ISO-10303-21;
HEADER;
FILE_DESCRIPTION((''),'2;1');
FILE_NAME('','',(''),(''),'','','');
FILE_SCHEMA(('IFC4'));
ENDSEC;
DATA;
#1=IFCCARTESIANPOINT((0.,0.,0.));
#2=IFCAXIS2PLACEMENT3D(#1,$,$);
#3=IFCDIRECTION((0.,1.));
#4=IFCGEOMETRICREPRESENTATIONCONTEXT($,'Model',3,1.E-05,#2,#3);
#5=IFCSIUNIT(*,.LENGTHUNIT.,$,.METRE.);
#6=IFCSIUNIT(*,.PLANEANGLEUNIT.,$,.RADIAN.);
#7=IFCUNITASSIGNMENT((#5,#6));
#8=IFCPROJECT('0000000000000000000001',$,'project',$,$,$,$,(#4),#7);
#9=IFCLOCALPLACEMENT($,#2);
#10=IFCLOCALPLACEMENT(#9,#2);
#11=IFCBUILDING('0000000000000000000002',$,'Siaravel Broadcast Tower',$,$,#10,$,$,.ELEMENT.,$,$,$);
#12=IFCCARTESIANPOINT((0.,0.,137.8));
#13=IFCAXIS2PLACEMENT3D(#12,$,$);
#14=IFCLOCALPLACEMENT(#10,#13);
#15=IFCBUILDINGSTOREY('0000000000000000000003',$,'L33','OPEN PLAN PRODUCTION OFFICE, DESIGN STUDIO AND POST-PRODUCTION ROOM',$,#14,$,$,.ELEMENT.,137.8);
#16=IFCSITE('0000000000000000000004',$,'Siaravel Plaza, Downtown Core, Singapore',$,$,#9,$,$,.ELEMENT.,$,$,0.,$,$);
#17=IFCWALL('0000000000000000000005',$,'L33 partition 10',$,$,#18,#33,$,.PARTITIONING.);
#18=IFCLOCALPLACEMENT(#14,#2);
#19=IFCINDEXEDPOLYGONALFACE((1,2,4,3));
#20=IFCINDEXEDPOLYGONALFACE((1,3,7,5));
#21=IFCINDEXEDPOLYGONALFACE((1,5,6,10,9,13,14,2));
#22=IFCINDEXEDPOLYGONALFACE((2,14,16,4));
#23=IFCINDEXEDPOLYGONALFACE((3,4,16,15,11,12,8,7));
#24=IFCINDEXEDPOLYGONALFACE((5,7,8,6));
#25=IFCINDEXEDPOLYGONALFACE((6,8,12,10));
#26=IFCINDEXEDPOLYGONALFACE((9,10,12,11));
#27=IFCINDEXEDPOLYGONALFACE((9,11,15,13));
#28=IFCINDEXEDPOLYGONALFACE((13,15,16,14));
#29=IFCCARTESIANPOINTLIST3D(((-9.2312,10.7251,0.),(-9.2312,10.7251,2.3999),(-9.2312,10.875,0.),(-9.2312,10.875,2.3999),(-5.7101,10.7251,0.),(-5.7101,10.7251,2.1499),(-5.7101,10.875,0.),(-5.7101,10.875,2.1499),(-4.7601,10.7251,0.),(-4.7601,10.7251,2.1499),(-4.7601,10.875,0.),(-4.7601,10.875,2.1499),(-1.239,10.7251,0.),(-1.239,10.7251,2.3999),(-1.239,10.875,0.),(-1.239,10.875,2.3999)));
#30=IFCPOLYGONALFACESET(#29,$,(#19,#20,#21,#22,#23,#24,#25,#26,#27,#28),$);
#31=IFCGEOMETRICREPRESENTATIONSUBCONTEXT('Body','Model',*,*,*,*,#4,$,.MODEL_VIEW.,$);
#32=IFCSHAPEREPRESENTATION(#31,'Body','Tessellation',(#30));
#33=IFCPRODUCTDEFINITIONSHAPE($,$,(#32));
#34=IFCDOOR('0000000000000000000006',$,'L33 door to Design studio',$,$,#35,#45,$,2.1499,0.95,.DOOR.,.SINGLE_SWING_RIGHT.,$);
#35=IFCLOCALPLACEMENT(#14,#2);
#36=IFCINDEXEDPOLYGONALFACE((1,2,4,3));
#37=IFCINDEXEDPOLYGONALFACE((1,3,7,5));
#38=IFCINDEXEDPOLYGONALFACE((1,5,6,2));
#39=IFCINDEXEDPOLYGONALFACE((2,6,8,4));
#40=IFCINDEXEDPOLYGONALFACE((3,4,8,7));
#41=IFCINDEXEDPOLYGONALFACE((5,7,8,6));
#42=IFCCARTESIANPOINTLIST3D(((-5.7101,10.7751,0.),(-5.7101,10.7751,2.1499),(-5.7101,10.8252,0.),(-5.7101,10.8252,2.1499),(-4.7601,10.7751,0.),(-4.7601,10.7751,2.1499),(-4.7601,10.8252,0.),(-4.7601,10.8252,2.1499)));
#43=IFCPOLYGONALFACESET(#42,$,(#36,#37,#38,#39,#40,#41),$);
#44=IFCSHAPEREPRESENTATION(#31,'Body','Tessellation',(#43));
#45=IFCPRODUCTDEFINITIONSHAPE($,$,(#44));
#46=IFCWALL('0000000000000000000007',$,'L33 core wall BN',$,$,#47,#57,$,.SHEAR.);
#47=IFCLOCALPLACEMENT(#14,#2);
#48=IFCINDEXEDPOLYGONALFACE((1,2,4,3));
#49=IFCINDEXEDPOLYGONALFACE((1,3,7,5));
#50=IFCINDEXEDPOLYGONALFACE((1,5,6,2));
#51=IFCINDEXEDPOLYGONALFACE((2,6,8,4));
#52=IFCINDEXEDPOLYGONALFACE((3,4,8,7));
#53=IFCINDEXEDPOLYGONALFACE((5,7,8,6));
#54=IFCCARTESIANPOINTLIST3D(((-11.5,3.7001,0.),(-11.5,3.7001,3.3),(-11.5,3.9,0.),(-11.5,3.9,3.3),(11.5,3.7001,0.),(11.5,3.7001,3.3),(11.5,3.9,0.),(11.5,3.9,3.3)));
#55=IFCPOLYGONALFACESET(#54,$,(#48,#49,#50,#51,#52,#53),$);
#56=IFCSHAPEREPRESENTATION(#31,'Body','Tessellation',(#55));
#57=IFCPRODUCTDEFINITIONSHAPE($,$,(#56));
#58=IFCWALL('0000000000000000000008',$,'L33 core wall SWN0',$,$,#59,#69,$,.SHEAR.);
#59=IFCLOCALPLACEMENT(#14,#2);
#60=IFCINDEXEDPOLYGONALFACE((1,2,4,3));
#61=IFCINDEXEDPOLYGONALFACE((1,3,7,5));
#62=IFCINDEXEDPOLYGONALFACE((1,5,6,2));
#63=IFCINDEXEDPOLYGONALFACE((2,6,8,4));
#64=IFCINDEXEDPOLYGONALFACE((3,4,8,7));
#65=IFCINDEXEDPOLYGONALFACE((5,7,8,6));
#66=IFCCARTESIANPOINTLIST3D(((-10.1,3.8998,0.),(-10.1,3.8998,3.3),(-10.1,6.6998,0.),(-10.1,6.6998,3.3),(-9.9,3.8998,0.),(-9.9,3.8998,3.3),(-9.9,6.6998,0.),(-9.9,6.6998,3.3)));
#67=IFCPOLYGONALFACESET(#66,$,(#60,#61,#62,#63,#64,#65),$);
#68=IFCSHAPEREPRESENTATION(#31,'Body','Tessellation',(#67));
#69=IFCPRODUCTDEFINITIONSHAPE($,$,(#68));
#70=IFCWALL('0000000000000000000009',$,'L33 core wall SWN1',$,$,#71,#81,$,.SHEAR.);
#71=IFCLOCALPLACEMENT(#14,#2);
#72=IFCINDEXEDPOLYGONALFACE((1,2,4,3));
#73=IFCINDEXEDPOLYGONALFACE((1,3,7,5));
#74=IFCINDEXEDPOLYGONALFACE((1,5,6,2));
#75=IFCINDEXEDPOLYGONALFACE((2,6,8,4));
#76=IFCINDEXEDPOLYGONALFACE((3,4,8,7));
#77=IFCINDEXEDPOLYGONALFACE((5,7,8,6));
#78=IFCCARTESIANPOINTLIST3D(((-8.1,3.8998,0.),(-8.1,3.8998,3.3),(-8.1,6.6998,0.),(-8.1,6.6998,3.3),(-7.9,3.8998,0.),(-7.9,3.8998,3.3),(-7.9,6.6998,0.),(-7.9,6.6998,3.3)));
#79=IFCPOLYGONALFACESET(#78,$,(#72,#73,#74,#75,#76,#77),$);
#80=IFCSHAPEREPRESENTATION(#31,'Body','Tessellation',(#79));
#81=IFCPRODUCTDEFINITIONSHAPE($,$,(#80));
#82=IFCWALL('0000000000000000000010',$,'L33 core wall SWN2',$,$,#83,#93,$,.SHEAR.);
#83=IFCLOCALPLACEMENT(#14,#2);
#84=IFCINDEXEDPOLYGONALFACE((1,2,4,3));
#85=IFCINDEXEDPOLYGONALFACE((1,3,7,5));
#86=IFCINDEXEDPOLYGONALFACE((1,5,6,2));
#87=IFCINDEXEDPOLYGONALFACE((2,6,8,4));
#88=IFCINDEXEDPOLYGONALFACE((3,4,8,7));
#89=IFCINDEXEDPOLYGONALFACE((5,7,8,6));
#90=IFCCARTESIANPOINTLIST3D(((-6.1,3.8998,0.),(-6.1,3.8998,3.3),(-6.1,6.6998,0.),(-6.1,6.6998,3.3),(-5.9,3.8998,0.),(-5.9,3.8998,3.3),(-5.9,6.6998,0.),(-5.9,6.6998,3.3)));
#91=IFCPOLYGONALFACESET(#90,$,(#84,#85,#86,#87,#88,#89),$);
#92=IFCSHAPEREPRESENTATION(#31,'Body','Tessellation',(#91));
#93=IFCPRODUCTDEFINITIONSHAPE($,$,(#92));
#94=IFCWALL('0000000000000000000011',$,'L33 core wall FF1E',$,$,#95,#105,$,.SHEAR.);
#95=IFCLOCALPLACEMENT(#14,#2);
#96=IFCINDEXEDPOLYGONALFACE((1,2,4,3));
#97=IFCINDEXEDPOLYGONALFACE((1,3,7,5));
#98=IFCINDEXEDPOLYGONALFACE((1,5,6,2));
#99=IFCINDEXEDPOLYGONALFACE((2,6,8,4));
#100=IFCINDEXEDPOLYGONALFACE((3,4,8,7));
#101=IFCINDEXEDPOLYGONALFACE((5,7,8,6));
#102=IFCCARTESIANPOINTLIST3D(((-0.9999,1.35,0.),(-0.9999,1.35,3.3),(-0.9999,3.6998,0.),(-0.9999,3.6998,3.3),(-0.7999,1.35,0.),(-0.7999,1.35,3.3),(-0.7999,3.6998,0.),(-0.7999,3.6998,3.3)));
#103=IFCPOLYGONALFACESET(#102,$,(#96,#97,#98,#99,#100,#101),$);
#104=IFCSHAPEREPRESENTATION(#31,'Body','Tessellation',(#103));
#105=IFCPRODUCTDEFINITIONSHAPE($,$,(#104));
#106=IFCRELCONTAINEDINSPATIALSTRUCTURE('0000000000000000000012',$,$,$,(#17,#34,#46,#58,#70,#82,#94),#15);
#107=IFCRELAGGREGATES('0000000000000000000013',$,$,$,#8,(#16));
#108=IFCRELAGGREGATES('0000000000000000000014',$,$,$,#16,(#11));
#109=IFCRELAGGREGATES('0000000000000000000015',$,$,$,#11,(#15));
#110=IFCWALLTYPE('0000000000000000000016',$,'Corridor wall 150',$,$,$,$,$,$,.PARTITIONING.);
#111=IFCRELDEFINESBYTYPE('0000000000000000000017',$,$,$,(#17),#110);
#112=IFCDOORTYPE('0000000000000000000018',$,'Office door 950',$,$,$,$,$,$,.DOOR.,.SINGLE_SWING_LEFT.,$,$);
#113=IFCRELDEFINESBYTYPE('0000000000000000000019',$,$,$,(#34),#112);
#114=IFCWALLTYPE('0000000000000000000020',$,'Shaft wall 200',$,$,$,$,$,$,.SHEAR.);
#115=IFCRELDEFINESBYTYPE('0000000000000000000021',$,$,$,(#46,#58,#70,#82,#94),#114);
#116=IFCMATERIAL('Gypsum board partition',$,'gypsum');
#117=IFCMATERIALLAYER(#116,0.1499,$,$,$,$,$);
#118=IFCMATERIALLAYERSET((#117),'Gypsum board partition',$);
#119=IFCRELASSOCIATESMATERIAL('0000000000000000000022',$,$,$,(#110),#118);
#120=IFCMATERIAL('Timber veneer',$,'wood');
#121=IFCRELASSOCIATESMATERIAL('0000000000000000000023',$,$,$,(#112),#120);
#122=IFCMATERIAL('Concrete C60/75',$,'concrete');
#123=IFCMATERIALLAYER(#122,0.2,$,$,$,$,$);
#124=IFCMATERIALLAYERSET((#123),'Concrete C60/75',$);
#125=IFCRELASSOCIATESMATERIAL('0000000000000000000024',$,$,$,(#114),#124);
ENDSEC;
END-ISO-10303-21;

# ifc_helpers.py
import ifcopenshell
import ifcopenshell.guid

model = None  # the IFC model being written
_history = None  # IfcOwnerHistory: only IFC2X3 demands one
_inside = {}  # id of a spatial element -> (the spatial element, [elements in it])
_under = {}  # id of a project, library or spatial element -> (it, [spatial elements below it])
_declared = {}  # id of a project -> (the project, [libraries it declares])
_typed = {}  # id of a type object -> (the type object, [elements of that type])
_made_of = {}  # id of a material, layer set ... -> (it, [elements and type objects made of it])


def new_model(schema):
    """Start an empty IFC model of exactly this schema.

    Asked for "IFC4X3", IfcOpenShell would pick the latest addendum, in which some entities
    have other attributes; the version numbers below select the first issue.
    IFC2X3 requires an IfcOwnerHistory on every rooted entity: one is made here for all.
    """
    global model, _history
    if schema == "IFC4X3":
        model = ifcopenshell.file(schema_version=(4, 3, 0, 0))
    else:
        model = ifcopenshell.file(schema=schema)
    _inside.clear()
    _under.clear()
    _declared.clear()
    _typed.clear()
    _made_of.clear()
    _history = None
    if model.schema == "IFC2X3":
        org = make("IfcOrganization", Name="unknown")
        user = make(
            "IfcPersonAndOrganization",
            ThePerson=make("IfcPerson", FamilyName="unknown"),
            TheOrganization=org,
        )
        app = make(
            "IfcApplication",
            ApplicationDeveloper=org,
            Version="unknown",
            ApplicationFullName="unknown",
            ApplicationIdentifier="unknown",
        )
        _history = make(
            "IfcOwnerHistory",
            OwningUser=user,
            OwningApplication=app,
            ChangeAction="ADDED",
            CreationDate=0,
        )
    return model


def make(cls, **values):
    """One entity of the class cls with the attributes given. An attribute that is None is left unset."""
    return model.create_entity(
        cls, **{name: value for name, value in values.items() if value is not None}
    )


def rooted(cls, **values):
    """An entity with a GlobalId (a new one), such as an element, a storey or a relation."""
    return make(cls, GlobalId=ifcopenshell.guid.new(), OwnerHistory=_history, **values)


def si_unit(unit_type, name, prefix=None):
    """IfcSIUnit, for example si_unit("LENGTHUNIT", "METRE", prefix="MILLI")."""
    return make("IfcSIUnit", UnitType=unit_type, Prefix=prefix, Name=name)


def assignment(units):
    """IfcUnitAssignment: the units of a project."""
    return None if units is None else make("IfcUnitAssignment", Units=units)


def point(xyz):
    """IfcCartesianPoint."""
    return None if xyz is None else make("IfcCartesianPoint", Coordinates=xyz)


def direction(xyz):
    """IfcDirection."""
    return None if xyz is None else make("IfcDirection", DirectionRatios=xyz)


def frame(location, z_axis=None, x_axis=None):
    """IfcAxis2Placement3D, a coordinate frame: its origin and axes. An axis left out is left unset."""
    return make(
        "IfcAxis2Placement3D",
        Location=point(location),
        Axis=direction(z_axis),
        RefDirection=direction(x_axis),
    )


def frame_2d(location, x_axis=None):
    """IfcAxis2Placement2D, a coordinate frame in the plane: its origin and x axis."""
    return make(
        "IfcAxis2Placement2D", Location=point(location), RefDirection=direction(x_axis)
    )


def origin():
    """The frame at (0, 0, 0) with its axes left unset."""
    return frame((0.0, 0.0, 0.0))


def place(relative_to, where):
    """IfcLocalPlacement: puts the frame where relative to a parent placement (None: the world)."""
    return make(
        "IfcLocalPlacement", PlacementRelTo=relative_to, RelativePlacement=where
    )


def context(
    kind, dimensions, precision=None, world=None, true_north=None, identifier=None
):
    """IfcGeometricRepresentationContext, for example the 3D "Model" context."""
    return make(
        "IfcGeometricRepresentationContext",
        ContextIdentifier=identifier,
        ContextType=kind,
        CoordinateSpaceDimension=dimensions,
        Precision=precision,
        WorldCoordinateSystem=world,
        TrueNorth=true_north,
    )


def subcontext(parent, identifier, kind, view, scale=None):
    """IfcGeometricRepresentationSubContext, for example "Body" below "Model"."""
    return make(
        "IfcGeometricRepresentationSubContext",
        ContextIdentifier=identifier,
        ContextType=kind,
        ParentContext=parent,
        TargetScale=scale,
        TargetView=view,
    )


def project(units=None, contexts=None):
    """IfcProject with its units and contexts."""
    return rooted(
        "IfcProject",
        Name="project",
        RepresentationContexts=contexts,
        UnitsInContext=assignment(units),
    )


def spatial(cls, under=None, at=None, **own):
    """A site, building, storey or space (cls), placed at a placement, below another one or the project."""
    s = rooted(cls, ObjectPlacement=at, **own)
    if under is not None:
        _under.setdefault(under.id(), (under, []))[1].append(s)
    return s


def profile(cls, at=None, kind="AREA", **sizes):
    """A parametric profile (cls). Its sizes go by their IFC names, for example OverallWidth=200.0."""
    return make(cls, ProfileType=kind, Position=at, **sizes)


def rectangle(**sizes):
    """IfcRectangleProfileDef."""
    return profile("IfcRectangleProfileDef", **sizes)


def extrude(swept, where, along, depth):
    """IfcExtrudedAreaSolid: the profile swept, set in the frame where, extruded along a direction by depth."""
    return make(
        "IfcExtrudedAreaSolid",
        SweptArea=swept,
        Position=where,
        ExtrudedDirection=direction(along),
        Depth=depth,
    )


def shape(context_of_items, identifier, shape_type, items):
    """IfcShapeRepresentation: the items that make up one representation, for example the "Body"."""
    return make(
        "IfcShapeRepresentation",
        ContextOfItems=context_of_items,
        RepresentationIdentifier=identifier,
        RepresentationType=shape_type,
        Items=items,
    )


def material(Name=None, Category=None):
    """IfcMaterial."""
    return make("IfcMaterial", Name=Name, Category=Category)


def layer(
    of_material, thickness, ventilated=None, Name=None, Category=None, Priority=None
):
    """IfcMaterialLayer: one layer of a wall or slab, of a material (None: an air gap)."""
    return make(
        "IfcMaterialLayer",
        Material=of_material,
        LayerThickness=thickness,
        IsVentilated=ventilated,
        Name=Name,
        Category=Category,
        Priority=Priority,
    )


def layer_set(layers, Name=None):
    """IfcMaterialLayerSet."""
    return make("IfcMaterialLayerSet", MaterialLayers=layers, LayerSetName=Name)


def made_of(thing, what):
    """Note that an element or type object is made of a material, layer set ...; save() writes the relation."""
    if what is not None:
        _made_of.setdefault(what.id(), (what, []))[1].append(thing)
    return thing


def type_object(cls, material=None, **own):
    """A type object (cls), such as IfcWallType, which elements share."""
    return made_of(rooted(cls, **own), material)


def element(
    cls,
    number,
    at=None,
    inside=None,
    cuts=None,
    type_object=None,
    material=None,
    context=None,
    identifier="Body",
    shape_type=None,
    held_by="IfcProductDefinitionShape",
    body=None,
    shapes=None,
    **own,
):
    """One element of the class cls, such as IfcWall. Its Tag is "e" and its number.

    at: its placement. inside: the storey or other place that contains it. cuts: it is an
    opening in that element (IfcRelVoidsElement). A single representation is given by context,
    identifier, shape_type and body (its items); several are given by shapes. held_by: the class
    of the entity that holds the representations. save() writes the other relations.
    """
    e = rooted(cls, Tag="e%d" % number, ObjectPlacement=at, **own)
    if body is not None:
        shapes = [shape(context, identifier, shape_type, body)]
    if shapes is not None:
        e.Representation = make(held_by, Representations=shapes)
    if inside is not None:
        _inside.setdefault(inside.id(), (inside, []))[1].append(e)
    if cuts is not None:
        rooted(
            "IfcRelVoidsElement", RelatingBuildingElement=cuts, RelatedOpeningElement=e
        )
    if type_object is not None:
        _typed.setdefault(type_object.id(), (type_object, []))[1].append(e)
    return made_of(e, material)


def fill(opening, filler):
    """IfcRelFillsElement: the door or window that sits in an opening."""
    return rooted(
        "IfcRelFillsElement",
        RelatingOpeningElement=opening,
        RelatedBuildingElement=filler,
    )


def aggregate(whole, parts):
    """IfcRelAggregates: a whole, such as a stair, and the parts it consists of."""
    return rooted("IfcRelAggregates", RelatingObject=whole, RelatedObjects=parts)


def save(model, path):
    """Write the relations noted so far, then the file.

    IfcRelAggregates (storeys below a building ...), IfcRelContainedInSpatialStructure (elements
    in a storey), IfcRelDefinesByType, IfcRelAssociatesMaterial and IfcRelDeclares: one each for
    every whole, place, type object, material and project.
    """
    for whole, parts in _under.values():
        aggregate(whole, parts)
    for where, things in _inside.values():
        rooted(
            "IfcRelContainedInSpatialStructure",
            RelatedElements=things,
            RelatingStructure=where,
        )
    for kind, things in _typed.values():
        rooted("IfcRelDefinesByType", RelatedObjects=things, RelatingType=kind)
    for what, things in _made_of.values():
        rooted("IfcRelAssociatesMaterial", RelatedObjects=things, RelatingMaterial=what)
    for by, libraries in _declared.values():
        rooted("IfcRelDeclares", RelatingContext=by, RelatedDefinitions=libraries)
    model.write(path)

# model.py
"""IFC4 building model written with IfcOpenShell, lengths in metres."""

from ifc_helpers import new_model, si_unit, direction, frame, frame_2d, origin, place, context, subcontext, project, spatial, rectangle, extrude, material, layer, layer_set, type_object, element, fill, save


model = new_model("IFC4")

# Units and contexts
model_context = context("Model", 3, precision=1e-05, world=origin(), true_north=direction((0.0, 1.0)))
body_context = subcontext(model_context, "Body", "Model", "MODEL_VIEW")
ifc_project = project(units=[si_unit("LENGTHUNIT", "METRE"), si_unit("PLANEANGLEUNIT", "RADIAN")], contexts=[model_context])

# Site, building, storey
site_placement = place(None, origin())
site = spatial("IfcSite", under=ifc_project, at=site_placement, Name="Siaravel Plaza, Downtown Core, Singapore", CompositionType="ELEMENT", RefElevation=0.0)
building_placement = place(site_placement, origin())
building = spatial("IfcBuilding", under=site, at=building_placement, Name="Siaravel Broadcast Tower", CompositionType="ELEMENT")
storey_placement = place(building_placement, frame((0.0, 0.0, 137.8)))
storey = spatial("IfcBuildingStorey", under=building, at=storey_placement, Name="L33", Description="OPEN PLAN PRODUCTION OFFICE, DESIGN STUDIO AND POST-PRODUCTION ROOM", CompositionType="ELEMENT", Elevation=137.8)

# Shared definitions
ifc_material_1 = material(Name="Concrete C60/75", Category="concrete")
ifc_material_2 = material(Name="Timber veneer", Category="wood")

# Wall, opening, door
ifc_material_3 = material(Name="Gypsum board partition", Category="gypsum")
ifc_layer_1 = layer(ifc_material_3, 0.1499)
ifc_layer_set_1 = layer_set([ifc_layer_1], Name="Gypsum board partition")
wall_type_1 = type_object("IfcWallType", Name="Corridor wall 150", PredefinedType="PARTITIONING", material=ifc_layer_set_1)
wall_1_placement = place(storey_placement, frame((-1.239, 10.8, 0.0), z_axis=(0.0, 0.0, 1.0), x_axis=(-1.0, 0.0, 0.0)))
wall_1 = element("IfcWall", 1, at=wall_1_placement, inside=storey, type_object=wall_type_1, Name="L33 partition 10", PredefinedType="PARTITIONING", context=body_context, shape_type="SweptSolid", body=[
    extrude(rectangle(XDim=7.9922, YDim=0.1499, at=frame_2d((3.9961, 0.0))), origin(), (0.0, 0.0, 1.0), 2.3999),
])
opening_1_placement = place(wall_1_placement, frame((3.521, 0.0, 0.0)))
opening_1 = element("IfcOpeningElement", 2, at=opening_1_placement, cuts=wall_1, PredefinedType="OPENING", context=body_context, shape_type="SweptSolid", body=[
    extrude(rectangle(XDim=0.95, YDim=2.1499, at=frame_2d((0.4751, 1.075))), frame((0.0, 0.085, 0.0), z_axis=(0.0, -1.0, 0.0), x_axis=(1.0, 0.0, 0.0)), (0.0, 0.0, 1.0), 0.1699),
])
door_type_1 = type_object("IfcDoorType", Name="Office door 950", OperationType="SINGLE_SWING_LEFT", PredefinedType="DOOR", material=ifc_material_2)
door_1_placement = place(opening_1_placement, origin())
door_1 = element("IfcDoor", 3, at=door_1_placement, inside=storey, type_object=door_type_1, Name="L33 door to Design studio", OperationType="SINGLE_SWING_RIGHT", OverallHeight=2.1499, OverallWidth=0.95, PredefinedType="DOOR", context=body_context, shape_type="SweptSolid", body=[
    extrude(rectangle(XDim=0.95, YDim=2.1499, at=frame_2d((0.4751, 1.075))), frame((0.0, 0.0249, 0.0), z_axis=(0.0, -1.0, 0.0), x_axis=(1.0, 0.0, 0.0)), (0.0, 0.0, 1.0), 0.05),
])
fill(opening_1, door_1)

# Walls
ifc_layer_2 = layer(ifc_material_1, 0.2)
ifc_layer_set_2 = layer_set([ifc_layer_2], Name="Concrete C60/75")
wall_type_2 = type_object("IfcWallType", Name="Shaft wall 200", PredefinedType="SHEAR", material=ifc_layer_set_2)
wall_2_placement = place(storey_placement, frame((-11.5, 3.8, 0.0), z_axis=(0.0, 0.0, 1.0), x_axis=(1.0, 0.0, 0.0)))
element("IfcWall", 4, at=wall_2_placement, inside=storey, type_object=wall_type_2, Name="L33 core wall BN", PredefinedType="SHEAR", context=body_context, shape_type="SweptSolid", body=[
    extrude(rectangle(XDim=23.0, YDim=0.2, at=frame_2d((11.5, 0.0))), origin(), (0.0, 0.0, 1.0), 3.3),
])
for number, where, z_axis, x_axis, name in (
    (5, (-10.0, 3.8999, 0.0), (0.0, 0.0, 1.0), (0.0, 1.0, 0.0), "L33 core wall SWN0"),
    (6, (-8.0, 3.8999, 0.0), (0.0, 0.0, 1.0), (0.0, 1.0, 0.0), "L33 core wall SWN1"),
    (7, (-6.0, 3.8999, 0.0), (0.0, 0.0, 1.0), (0.0, 1.0, 0.0), "L33 core wall SWN2"),
):
    element("IfcWall", number, at=place(storey_placement, frame(where, z_axis=z_axis, x_axis=x_axis)), inside=storey, type_object=wall_type_2, Name=name, PredefinedType="SHEAR", context=body_context, shape_type="SweptSolid", body=[
        extrude(rectangle(XDim=2.8, YDim=0.2, at=frame_2d((1.3999, 0.0))), origin(), (0.0, 0.0, 1.0), 3.3),
    ])
wall_3_placement = place(storey_placement, frame((-0.8999, 1.3501, 0.0), z_axis=(0.0, 0.0, 1.0), x_axis=(0.0, 1.0, 0.0)))
element("IfcWall", 8, at=wall_3_placement, inside=storey, type_object=wall_type_2, Name="L33 core wall FF1E", PredefinedType="SHEAR", context=body_context, shape_type="SweptSolid", body=[
    extrude(rectangle(XDim=2.3499, YDim=0.2, at=frame_2d((1.1748, 0.0))), origin(), (0.0, 0.0, 1.0), 3.3),
])

save(model, "model.ifc")
